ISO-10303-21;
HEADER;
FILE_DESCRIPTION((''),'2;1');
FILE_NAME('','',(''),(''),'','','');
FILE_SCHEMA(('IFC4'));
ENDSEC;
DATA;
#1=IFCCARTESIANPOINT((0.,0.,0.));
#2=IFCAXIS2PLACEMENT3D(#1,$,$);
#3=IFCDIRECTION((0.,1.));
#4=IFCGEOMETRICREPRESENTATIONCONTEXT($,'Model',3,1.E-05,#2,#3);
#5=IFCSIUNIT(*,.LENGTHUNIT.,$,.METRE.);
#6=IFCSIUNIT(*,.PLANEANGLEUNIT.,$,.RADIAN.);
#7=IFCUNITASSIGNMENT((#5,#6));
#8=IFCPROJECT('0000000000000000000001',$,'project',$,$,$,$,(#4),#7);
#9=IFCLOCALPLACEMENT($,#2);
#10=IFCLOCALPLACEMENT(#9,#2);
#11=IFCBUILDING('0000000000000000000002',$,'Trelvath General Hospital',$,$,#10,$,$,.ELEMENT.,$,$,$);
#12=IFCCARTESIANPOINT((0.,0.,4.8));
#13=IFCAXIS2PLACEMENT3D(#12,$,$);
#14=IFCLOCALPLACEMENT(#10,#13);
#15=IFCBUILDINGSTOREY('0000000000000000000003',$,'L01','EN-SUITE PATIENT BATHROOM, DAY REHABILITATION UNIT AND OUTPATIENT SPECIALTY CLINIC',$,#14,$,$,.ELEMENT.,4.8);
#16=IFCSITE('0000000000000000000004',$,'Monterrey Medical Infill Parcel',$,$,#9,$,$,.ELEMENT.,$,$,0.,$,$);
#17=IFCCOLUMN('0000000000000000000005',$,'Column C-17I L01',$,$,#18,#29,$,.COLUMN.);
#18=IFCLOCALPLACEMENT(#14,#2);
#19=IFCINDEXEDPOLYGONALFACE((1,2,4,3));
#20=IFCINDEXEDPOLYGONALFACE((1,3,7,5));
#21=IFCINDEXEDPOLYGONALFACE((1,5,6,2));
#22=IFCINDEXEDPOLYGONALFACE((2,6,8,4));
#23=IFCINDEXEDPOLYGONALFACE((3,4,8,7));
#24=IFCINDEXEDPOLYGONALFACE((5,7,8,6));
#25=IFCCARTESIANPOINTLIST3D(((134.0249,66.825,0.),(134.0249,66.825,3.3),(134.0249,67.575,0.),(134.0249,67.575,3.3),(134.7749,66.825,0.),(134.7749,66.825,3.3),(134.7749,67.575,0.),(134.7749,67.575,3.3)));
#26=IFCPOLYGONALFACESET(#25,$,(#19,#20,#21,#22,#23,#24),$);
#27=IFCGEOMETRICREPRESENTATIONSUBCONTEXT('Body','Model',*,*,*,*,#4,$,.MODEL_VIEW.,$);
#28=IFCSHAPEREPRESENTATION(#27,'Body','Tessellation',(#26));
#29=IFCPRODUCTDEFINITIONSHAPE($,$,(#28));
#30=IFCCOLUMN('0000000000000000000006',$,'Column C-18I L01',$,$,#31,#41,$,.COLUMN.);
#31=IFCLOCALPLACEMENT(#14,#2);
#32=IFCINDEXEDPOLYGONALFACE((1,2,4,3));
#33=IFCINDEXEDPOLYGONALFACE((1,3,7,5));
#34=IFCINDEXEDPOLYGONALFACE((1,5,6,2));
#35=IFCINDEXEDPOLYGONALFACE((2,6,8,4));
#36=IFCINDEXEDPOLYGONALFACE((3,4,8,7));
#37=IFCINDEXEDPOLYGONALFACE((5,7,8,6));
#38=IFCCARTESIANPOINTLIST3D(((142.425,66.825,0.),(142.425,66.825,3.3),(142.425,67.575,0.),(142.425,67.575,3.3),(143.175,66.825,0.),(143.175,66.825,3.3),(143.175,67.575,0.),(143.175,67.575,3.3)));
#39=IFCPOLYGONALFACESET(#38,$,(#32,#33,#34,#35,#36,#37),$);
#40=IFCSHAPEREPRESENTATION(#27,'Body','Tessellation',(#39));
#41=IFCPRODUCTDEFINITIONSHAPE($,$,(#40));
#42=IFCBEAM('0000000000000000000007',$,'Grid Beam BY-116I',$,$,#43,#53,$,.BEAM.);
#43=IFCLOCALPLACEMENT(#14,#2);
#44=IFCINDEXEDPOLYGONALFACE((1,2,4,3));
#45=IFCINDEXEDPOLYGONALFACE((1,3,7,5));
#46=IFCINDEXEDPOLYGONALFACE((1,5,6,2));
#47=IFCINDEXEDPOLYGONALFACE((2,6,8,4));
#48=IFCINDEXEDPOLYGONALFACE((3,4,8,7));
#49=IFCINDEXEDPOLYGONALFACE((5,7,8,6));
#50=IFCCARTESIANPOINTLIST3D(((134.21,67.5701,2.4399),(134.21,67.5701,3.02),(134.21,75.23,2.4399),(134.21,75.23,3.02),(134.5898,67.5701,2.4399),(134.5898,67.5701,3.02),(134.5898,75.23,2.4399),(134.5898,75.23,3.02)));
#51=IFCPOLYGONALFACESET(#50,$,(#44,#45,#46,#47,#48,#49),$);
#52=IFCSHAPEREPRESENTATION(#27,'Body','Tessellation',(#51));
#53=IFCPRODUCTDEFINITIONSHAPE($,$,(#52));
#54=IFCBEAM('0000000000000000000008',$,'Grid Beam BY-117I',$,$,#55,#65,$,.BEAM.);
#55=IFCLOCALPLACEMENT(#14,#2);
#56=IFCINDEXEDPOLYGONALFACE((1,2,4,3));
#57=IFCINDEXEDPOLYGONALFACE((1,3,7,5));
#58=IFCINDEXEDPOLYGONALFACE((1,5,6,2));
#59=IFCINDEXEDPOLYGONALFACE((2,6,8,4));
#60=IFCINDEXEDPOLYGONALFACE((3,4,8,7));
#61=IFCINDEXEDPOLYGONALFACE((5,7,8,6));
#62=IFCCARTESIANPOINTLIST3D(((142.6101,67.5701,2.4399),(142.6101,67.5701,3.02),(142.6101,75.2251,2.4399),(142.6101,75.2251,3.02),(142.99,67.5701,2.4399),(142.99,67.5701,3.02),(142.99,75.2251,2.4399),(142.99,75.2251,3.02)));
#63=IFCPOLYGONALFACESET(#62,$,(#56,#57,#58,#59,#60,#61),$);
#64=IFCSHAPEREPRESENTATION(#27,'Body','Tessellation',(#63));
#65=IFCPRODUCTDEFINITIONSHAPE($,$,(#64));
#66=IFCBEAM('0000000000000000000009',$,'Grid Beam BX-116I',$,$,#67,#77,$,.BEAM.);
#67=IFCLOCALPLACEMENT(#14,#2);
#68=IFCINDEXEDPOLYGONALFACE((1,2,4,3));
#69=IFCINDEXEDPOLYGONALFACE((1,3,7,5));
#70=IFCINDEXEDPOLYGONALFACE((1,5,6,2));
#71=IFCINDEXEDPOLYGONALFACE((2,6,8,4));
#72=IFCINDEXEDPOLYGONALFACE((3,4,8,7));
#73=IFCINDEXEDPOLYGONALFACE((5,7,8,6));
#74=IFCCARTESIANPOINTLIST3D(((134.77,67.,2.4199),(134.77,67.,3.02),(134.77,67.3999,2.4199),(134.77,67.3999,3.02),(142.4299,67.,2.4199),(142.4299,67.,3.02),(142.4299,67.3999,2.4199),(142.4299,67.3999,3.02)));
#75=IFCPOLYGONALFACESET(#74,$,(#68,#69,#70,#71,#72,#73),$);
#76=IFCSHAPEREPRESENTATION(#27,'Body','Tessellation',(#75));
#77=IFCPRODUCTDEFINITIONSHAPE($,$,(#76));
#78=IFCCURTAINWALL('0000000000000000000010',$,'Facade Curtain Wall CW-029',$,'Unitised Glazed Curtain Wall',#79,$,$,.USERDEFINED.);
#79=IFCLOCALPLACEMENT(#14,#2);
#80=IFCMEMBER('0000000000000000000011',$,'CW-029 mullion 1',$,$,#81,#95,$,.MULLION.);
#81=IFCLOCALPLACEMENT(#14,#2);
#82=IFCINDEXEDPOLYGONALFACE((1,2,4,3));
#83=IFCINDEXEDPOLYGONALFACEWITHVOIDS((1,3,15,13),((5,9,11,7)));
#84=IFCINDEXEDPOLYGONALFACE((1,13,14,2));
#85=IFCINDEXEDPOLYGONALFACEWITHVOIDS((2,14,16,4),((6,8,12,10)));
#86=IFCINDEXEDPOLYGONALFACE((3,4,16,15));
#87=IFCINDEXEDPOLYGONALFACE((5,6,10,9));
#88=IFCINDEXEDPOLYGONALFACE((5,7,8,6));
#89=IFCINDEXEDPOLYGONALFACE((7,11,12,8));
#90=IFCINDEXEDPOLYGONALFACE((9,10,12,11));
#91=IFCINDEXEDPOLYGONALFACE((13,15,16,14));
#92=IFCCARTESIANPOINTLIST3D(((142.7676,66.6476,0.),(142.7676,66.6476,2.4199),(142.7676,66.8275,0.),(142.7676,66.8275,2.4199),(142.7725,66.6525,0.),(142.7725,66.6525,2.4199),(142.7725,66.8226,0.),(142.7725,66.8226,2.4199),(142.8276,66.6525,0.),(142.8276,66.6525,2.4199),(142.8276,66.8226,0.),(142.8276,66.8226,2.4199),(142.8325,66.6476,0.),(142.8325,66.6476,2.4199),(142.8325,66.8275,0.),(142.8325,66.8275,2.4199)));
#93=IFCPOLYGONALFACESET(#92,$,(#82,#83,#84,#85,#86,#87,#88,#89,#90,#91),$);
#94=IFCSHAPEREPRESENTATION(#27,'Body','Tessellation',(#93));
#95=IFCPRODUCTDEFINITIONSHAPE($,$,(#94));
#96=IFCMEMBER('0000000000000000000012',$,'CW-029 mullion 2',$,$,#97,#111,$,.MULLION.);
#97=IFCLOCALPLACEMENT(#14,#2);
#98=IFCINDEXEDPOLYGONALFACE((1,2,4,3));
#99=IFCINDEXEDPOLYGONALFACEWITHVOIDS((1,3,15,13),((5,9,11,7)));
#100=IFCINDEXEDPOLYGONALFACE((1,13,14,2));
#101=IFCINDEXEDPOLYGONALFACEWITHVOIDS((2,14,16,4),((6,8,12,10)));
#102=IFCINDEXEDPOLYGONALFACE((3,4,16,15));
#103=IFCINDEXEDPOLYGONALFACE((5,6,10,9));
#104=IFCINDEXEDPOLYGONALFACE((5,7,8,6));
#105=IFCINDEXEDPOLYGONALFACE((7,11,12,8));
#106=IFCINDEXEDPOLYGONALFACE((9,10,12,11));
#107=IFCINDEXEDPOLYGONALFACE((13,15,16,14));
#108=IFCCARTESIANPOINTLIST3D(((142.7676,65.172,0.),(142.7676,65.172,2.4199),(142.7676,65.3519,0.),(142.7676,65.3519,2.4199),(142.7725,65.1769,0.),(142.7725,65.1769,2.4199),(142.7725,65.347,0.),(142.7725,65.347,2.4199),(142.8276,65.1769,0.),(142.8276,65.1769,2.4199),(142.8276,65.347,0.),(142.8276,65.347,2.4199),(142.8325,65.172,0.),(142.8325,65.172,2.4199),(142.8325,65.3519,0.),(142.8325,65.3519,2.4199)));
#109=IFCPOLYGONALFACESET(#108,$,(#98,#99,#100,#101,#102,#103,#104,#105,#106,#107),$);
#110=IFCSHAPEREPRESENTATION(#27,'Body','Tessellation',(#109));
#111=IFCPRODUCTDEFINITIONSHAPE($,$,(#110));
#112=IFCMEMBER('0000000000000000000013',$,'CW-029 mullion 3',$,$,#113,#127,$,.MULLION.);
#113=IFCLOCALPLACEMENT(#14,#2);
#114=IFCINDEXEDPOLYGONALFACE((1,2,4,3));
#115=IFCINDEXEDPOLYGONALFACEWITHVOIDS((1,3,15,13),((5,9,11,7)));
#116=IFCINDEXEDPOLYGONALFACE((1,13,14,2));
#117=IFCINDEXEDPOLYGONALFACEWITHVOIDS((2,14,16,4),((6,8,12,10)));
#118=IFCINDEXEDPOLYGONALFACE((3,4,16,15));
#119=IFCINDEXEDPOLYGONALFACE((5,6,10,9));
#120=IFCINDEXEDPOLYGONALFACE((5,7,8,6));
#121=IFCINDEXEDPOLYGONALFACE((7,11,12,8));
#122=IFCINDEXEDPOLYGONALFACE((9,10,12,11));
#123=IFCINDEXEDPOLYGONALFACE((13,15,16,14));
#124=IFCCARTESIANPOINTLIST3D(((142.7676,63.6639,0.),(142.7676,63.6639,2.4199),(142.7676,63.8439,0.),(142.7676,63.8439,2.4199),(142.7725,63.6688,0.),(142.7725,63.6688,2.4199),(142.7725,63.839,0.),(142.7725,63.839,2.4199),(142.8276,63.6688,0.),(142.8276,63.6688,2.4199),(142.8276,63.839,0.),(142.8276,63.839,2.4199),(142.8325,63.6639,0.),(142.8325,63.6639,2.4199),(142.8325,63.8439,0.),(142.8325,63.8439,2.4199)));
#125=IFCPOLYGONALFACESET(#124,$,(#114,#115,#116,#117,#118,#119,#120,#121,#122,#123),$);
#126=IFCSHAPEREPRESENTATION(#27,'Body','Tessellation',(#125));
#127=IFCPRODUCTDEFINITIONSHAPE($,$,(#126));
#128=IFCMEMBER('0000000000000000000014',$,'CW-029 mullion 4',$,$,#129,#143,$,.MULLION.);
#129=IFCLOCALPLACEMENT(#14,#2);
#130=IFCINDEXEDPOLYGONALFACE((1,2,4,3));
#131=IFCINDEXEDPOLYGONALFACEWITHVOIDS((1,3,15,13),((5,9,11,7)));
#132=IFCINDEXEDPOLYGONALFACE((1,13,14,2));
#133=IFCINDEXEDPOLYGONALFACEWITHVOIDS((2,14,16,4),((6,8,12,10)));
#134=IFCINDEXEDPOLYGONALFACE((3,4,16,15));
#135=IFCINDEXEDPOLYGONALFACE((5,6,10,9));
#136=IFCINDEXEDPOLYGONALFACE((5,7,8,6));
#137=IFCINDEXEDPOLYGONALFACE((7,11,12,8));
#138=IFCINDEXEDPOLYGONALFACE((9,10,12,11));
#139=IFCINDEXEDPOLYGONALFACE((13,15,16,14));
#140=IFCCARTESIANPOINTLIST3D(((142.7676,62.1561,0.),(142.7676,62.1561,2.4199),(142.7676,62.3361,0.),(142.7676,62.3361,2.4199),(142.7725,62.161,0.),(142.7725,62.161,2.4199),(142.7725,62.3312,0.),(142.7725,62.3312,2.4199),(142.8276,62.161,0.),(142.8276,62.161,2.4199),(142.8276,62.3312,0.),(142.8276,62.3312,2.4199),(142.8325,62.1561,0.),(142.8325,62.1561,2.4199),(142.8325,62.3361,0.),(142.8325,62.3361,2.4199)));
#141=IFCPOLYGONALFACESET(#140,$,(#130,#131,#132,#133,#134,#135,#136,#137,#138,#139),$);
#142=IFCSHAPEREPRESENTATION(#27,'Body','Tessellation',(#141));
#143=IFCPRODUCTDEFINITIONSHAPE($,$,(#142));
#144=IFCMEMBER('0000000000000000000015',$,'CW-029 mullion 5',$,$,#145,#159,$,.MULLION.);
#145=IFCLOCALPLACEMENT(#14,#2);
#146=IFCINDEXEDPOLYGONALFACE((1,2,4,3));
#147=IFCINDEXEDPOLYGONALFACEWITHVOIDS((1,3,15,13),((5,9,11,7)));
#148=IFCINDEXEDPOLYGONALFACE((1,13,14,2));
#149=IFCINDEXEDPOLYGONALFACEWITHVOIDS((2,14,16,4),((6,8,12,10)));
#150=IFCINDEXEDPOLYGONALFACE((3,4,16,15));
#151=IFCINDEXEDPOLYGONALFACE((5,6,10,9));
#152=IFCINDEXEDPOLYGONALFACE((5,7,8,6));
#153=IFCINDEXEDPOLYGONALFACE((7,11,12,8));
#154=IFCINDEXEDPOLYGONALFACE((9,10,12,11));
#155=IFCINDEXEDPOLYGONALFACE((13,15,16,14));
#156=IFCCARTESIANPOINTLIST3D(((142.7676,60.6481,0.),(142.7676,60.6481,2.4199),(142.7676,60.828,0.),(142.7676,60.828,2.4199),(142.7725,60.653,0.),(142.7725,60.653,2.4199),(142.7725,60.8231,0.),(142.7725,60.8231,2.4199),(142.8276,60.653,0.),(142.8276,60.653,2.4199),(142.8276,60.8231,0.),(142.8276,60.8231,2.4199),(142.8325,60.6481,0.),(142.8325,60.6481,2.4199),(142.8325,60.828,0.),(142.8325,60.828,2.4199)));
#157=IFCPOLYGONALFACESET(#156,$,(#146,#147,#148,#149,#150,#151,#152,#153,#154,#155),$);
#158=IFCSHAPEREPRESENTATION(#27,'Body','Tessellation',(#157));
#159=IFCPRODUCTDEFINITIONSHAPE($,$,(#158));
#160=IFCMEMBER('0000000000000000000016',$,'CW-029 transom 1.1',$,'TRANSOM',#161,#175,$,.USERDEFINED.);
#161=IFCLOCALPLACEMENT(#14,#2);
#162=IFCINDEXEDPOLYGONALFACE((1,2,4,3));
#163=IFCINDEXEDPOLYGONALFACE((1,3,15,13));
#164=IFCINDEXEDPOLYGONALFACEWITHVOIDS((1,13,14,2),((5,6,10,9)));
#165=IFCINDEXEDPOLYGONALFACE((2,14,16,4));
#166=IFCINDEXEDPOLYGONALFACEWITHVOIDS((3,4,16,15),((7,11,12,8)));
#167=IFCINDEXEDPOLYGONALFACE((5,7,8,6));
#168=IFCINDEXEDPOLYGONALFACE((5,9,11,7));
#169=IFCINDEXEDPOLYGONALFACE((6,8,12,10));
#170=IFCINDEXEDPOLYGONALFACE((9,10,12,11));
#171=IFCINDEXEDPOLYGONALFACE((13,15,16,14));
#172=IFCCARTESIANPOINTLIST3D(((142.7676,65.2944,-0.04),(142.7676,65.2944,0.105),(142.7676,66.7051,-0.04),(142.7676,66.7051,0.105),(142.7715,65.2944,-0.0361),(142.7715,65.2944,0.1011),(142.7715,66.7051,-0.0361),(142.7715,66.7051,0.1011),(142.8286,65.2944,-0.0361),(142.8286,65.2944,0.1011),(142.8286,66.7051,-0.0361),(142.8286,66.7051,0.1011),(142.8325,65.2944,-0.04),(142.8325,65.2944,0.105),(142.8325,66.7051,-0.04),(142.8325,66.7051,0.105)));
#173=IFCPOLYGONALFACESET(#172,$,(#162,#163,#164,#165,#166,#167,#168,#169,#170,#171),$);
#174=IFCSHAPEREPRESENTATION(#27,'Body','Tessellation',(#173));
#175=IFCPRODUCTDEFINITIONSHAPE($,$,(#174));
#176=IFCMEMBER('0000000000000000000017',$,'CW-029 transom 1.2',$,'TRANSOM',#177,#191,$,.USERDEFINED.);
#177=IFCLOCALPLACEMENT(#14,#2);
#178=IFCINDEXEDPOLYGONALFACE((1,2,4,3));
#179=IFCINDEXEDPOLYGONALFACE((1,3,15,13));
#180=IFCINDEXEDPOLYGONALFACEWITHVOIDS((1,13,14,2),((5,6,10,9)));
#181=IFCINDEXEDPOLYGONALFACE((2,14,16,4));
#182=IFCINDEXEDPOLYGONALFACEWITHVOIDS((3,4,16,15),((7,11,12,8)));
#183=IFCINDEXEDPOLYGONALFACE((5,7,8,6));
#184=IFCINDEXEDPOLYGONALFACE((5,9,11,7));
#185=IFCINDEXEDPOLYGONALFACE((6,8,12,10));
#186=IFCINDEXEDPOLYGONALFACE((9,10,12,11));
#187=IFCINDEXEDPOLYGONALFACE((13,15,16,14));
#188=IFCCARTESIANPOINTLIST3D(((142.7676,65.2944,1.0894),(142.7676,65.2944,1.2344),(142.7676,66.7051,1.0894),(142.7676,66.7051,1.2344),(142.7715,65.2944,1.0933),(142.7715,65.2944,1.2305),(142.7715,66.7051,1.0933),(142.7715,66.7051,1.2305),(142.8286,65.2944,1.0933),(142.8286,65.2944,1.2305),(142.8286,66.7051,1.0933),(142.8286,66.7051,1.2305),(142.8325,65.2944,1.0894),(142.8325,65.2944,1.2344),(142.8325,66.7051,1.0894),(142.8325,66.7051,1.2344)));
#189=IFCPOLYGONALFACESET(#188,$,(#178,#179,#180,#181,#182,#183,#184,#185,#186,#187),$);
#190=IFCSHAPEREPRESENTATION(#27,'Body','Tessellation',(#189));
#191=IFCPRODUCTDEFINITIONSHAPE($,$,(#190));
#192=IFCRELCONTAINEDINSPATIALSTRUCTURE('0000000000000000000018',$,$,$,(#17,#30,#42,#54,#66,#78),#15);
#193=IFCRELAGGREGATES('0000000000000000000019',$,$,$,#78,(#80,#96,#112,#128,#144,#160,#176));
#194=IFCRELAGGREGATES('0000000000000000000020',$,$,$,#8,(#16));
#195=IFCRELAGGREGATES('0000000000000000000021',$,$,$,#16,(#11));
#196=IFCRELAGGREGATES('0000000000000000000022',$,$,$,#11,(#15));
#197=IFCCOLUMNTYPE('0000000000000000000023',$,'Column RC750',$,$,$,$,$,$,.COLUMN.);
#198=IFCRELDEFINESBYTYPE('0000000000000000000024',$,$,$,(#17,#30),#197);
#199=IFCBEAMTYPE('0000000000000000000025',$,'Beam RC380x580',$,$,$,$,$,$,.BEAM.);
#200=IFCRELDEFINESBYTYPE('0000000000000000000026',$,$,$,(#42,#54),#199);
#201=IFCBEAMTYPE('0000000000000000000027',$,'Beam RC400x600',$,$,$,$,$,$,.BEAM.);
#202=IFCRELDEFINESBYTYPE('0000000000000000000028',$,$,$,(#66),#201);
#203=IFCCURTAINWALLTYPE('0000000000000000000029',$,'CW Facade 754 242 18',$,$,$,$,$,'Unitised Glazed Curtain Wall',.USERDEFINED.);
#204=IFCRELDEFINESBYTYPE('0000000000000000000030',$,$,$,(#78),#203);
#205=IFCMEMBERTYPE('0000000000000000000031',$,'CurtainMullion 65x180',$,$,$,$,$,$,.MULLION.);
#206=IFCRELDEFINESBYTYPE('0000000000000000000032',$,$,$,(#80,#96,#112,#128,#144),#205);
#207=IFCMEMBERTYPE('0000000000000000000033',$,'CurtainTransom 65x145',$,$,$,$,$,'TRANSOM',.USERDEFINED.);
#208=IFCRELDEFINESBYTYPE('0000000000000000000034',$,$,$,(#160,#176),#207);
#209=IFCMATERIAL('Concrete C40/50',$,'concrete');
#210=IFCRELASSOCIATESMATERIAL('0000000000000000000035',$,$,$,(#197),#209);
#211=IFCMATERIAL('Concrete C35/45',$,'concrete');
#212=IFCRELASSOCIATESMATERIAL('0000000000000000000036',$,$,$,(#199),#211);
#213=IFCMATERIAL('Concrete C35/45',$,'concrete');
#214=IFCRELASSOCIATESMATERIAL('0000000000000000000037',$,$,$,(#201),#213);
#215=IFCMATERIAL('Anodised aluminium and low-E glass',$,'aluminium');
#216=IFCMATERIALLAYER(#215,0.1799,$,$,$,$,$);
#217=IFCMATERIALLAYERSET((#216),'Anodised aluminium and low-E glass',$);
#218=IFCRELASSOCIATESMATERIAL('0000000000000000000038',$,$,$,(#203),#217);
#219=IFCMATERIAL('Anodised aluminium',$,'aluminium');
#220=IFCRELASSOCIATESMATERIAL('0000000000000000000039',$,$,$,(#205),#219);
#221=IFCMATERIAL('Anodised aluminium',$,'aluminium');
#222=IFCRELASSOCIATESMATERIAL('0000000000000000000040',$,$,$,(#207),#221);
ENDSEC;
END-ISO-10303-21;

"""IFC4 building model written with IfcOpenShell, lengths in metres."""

from ifc_helpers import new_model, si_unit, direction, frame, origin, origin_2d, place, context, subcontext, project, spatial, rectangle, hollow_rectangle, extrude, material, layer, layer_set, material_profile, profile_set, type_object, element, aggregate, save


model = new_model("IFC4")

# Units and contexts
model_context = context("Model", 3, precision=1e-05, world=origin(), true_north=direction((0.0, 1.0)))
body_context = subcontext(model_context, "Body", "Model", "MODEL_VIEW")
ifc_project = project(units=[si_unit("LENGTHUNIT", "METRE"), si_unit("PLANEANGLEUNIT", "RADIAN")], contexts=[model_context])

# Site, building, storey
site_placement = place(None, origin())
site = spatial("IfcSite", under=ifc_project, at=site_placement, Name="Monterrey Medical Infill Parcel", CompositionType="ELEMENT", RefElevation=0.0)
building_placement = place(site_placement, origin())
building = spatial("IfcBuilding", under=site, at=building_placement, Name="Trelvath General Hospital", CompositionType="ELEMENT")
storey_placement = place(building_placement, frame((0.0, 0.0, 4.8)))
storey = spatial("IfcBuildingStorey", under=building, at=storey_placement, Name="L01", Description="EN-SUITE PATIENT BATHROOM, DAY REHABILITATION UNIT AND OUTPATIENT SPECIALTY CLINIC", CompositionType="ELEMENT", Elevation=4.8)

# Columns
ifc_material_1 = material(Name="Concrete C40/50", Category="concrete")
ifc_material_profile_1 = material_profile(ifc_material_1, rectangle(XDim=0.75, YDim=0.75, at=origin_2d()), Name="RC750x750")
ifc_profile_set_1 = profile_set([ifc_material_profile_1], Name="Concrete C40/50")
column_type = type_object("IfcColumnType", Name="Column RC750", PredefinedType="COLUMN", material=ifc_profile_set_1)
for number, where, z_axis, x_axis, name in (
    (1, (134.3999, 67.2, 0.0), (0.0, 0.0, 1.0), (1.0, 0.0, 0.0), "Column C-17I L01"),
    (2, (142.8, 67.2, 0.0), (0.0, 0.0, 1.0), (1.0, 0.0, 0.0), "Column C-18I L01"),
):
    element("IfcColumn", number, at=place(storey_placement, frame(where, z_axis=z_axis, x_axis=x_axis)), inside=storey, type_object=column_type, Name=name, PredefinedType="COLUMN", context=body_context, shape_type="SweptSolid", body=[
        extrude(rectangle(XDim=0.75, YDim=0.75, at=origin_2d()), origin(), (0.0, 0.0, 1.0), 3.3),
    ])

# Beams
ifc_material_2 = material(Name="Concrete C35/45", Category="concrete")
ifc_material_profile_2 = material_profile(ifc_material_2, rectangle(XDim=0.3799, YDim=0.5801, at=origin_2d()), Name="RCB380x580")
ifc_profile_set_2 = profile_set([ifc_material_profile_2], Name="Concrete C35/45")
beam_type_1 = type_object("IfcBeamType", Name="Beam RC380x580", PredefinedType="BEAM", material=ifc_profile_set_2)
beam_1_placement = place(storey_placement, frame((134.3999, 67.5701, 2.73), z_axis=(0.0, 1.0, 0.0), x_axis=(-1.0, 0.0, 0.0)))
element("IfcBeam", 3, at=beam_1_placement, inside=storey, type_object=beam_type_1, Name="Grid Beam BY-116I", PredefinedType="BEAM", context=body_context, shape_type="SweptSolid", body=[
    extrude(rectangle(XDim=0.3799, YDim=0.5801, at=origin_2d()), origin(), (0.0, 0.0, 1.0), 7.6599),
])
beam_2_placement = place(storey_placement, frame((142.8, 67.5701, 2.73), z_axis=(0.0, 1.0, 0.0), x_axis=(-1.0, 0.0, 0.0)))
element("IfcBeam", 4, at=beam_2_placement, inside=storey, type_object=beam_type_1, Name="Grid Beam BY-117I", PredefinedType="BEAM", context=body_context, shape_type="SweptSolid", body=[
    extrude(rectangle(XDim=0.3799, YDim=0.5801, at=origin_2d()), origin(), (0.0, 0.0, 1.0), 7.655),
])
ifc_material_3 = material(Name="Concrete C35/45", Category="concrete")
ifc_material_profile_3 = material_profile(ifc_material_3, rectangle(XDim=0.3999, YDim=0.6001, at=origin_2d()), Name="RCB400x600")
ifc_profile_set_3 = profile_set([ifc_material_profile_3], Name="Concrete C35/45")
beam_type_2 = type_object("IfcBeamType", Name="Beam RC400x600", PredefinedType="BEAM", material=ifc_profile_set_3)
beam_3_placement = place(storey_placement, frame((134.77, 67.2, 2.72), z_axis=(1.0, 0.0, 0.0), x_axis=(0.0, 1.0, 0.0)))
element("IfcBeam", 5, at=beam_3_placement, inside=storey, type_object=beam_type_2, Name="Grid Beam BX-116I", PredefinedType="BEAM", context=body_context, shape_type="SweptSolid", body=[
    extrude(rectangle(XDim=0.3999, YDim=0.6001, at=origin_2d()), origin(), (0.0, 0.0, 1.0), 7.6599),
])

# Curtain wall, members
ifc_material_4 = material(Name="Anodised aluminium and low-E glass", Category="aluminium")
ifc_layer_1 = layer(ifc_material_4, 0.1799)
ifc_layer_set_1 = layer_set([ifc_layer_1], Name="Anodised aluminium and low-E glass")
curtain_wall_type = type_object("IfcCurtainWallType", Name="CW Facade 754 242 18", ElementType="Unitised Glazed Curtain Wall", PredefinedType="USERDEFINED", material=ifc_layer_set_1)
curtain_wall_placement = place(storey_placement, origin())
curtain_wall = element("IfcCurtainWall", 6, at=curtain_wall_placement, inside=storey, type_object=curtain_wall_type, Name="Facade Curtain Wall CW-029", ObjectType="Unitised Glazed Curtain Wall", PredefinedType="USERDEFINED")
ifc_material_5 = material(Name="Anodised aluminium", Category="aluminium")
ifc_material_profile_4 = material_profile(ifc_material_5, hollow_rectangle(XDim=0.0649, YDim=0.1799, WallThickness=0.0049, at=origin_2d()), Name="RHS65x180x5")
ifc_profile_set_4 = profile_set([ifc_material_profile_4], Name="Anodised aluminium")
member_type_1 = type_object("IfcMemberType", Name="CurtainMullion 65x180", PredefinedType="MULLION", material=ifc_profile_set_4)
member_1_placement = place(storey_placement, frame((142.8, 66.7375, 0.0), z_axis=(0.0, 0.0, 1.0), x_axis=(1.0, 0.0, 0.0)))
member_1 = element("IfcMember", 7, at=member_1_placement, type_object=member_type_1, Name="CW-029 mullion 1", PredefinedType="MULLION", context=body_context, shape_type="SweptSolid", body=[
    extrude(hollow_rectangle(XDim=0.0649, YDim=0.1799, WallThickness=0.0049, at=origin_2d()), origin(), (0.0, 0.0, 1.0), 2.4199),
])
member_2_placement = place(storey_placement, frame((142.8, 65.262, 0.0), z_axis=(0.0, 0.0, 1.0), x_axis=(1.0, 0.0, 0.0)))
member_2 = element("IfcMember", 8, at=member_2_placement, type_object=member_type_1, Name="CW-029 mullion 2", PredefinedType="MULLION", context=body_context, shape_type="SweptSolid", body=[
    extrude(hollow_rectangle(XDim=0.0649, YDim=0.1799, WallThickness=0.0049, at=origin_2d()), origin(), (0.0, 0.0, 1.0), 2.4199),
])
member_3_placement = place(storey_placement, frame((142.8, 63.7539, 0.0), z_axis=(0.0, 0.0, 1.0), x_axis=(1.0, 0.0, 0.0)))
member_3 = element("IfcMember", 9, at=member_3_placement, type_object=member_type_1, Name="CW-029 mullion 3", PredefinedType="MULLION", context=body_context, shape_type="SweptSolid", body=[
    extrude(hollow_rectangle(XDim=0.0649, YDim=0.1799, WallThickness=0.0049, at=origin_2d()), origin(), (0.0, 0.0, 1.0), 2.4199),
])
member_4_placement = place(storey_placement, frame((142.8, 62.2461, 0.0), z_axis=(0.0, 0.0, 1.0), x_axis=(1.0, 0.0, 0.0)))
member_4 = element("IfcMember", 10, at=member_4_placement, type_object=member_type_1, Name="CW-029 mullion 4", PredefinedType="MULLION", context=body_context, shape_type="SweptSolid", body=[
    extrude(hollow_rectangle(XDim=0.0649, YDim=0.1799, WallThickness=0.0049, at=origin_2d()), origin(), (0.0, 0.0, 1.0), 2.4199),
])
member_5_placement = place(storey_placement, frame((142.8, 60.738, 0.0), z_axis=(0.0, 0.0, 1.0), x_axis=(1.0, 0.0, 0.0)))
member_5 = element("IfcMember", 11, at=member_5_placement, type_object=member_type_1, Name="CW-029 mullion 5", PredefinedType="MULLION", context=body_context, shape_type="SweptSolid", body=[
    extrude(hollow_rectangle(XDim=0.0649, YDim=0.1799, WallThickness=0.0049, at=origin_2d()), origin(), (0.0, 0.0, 1.0), 2.4199),
])
ifc_material_6 = material(Name="Anodised aluminium", Category="aluminium")
ifc_material_profile_5 = material_profile(ifc_material_6, hollow_rectangle(XDim=0.0649, YDim=0.145, WallThickness=0.0039, at=origin_2d()), Name="RHS65x145x4")
ifc_profile_set_5 = profile_set([ifc_material_profile_5], Name="Anodised aluminium")
member_type_2 = type_object("IfcMemberType", Name="CurtainTransom 65x145", ElementType="TRANSOM", PredefinedType="USERDEFINED", material=ifc_profile_set_5)
member_6_placement = place(storey_placement, frame((142.8, 66.7051, 0.0325), z_axis=(0.0, -1.0, 0.0), x_axis=(1.0, 0.0, 0.0)))
member_6 = element("IfcMember", 12, at=member_6_placement, type_object=member_type_2, Name="CW-029 transom 1.1", ObjectType="TRANSOM", PredefinedType="USERDEFINED", context=body_context, shape_type="SweptSolid", body=[
    extrude(hollow_rectangle(XDim=0.0649, YDim=0.145, WallThickness=0.0039, at=origin_2d()), origin(), (0.0, 0.0, 1.0), 1.4106),
])
member_7_placement = place(storey_placement, frame((142.8, 66.7051, 1.1619), z_axis=(0.0, -1.0, 0.0), x_axis=(1.0, 0.0, 0.0)))
member_7 = element("IfcMember", 13, at=member_7_placement, type_object=member_type_2, Name="CW-029 transom 1.2", ObjectType="TRANSOM", PredefinedType="USERDEFINED", context=body_context, shape_type="SweptSolid", body=[
    extrude(hollow_rectangle(XDim=0.0649, YDim=0.145, WallThickness=0.0039, at=origin_2d()), origin(), (0.0, 0.0, 1.0), 1.4106),
])

aggregate(curtain_wall, [member_1, member_2, member_3, member_4, member_5, member_6, member_7])

save(model, "model.ifc")
